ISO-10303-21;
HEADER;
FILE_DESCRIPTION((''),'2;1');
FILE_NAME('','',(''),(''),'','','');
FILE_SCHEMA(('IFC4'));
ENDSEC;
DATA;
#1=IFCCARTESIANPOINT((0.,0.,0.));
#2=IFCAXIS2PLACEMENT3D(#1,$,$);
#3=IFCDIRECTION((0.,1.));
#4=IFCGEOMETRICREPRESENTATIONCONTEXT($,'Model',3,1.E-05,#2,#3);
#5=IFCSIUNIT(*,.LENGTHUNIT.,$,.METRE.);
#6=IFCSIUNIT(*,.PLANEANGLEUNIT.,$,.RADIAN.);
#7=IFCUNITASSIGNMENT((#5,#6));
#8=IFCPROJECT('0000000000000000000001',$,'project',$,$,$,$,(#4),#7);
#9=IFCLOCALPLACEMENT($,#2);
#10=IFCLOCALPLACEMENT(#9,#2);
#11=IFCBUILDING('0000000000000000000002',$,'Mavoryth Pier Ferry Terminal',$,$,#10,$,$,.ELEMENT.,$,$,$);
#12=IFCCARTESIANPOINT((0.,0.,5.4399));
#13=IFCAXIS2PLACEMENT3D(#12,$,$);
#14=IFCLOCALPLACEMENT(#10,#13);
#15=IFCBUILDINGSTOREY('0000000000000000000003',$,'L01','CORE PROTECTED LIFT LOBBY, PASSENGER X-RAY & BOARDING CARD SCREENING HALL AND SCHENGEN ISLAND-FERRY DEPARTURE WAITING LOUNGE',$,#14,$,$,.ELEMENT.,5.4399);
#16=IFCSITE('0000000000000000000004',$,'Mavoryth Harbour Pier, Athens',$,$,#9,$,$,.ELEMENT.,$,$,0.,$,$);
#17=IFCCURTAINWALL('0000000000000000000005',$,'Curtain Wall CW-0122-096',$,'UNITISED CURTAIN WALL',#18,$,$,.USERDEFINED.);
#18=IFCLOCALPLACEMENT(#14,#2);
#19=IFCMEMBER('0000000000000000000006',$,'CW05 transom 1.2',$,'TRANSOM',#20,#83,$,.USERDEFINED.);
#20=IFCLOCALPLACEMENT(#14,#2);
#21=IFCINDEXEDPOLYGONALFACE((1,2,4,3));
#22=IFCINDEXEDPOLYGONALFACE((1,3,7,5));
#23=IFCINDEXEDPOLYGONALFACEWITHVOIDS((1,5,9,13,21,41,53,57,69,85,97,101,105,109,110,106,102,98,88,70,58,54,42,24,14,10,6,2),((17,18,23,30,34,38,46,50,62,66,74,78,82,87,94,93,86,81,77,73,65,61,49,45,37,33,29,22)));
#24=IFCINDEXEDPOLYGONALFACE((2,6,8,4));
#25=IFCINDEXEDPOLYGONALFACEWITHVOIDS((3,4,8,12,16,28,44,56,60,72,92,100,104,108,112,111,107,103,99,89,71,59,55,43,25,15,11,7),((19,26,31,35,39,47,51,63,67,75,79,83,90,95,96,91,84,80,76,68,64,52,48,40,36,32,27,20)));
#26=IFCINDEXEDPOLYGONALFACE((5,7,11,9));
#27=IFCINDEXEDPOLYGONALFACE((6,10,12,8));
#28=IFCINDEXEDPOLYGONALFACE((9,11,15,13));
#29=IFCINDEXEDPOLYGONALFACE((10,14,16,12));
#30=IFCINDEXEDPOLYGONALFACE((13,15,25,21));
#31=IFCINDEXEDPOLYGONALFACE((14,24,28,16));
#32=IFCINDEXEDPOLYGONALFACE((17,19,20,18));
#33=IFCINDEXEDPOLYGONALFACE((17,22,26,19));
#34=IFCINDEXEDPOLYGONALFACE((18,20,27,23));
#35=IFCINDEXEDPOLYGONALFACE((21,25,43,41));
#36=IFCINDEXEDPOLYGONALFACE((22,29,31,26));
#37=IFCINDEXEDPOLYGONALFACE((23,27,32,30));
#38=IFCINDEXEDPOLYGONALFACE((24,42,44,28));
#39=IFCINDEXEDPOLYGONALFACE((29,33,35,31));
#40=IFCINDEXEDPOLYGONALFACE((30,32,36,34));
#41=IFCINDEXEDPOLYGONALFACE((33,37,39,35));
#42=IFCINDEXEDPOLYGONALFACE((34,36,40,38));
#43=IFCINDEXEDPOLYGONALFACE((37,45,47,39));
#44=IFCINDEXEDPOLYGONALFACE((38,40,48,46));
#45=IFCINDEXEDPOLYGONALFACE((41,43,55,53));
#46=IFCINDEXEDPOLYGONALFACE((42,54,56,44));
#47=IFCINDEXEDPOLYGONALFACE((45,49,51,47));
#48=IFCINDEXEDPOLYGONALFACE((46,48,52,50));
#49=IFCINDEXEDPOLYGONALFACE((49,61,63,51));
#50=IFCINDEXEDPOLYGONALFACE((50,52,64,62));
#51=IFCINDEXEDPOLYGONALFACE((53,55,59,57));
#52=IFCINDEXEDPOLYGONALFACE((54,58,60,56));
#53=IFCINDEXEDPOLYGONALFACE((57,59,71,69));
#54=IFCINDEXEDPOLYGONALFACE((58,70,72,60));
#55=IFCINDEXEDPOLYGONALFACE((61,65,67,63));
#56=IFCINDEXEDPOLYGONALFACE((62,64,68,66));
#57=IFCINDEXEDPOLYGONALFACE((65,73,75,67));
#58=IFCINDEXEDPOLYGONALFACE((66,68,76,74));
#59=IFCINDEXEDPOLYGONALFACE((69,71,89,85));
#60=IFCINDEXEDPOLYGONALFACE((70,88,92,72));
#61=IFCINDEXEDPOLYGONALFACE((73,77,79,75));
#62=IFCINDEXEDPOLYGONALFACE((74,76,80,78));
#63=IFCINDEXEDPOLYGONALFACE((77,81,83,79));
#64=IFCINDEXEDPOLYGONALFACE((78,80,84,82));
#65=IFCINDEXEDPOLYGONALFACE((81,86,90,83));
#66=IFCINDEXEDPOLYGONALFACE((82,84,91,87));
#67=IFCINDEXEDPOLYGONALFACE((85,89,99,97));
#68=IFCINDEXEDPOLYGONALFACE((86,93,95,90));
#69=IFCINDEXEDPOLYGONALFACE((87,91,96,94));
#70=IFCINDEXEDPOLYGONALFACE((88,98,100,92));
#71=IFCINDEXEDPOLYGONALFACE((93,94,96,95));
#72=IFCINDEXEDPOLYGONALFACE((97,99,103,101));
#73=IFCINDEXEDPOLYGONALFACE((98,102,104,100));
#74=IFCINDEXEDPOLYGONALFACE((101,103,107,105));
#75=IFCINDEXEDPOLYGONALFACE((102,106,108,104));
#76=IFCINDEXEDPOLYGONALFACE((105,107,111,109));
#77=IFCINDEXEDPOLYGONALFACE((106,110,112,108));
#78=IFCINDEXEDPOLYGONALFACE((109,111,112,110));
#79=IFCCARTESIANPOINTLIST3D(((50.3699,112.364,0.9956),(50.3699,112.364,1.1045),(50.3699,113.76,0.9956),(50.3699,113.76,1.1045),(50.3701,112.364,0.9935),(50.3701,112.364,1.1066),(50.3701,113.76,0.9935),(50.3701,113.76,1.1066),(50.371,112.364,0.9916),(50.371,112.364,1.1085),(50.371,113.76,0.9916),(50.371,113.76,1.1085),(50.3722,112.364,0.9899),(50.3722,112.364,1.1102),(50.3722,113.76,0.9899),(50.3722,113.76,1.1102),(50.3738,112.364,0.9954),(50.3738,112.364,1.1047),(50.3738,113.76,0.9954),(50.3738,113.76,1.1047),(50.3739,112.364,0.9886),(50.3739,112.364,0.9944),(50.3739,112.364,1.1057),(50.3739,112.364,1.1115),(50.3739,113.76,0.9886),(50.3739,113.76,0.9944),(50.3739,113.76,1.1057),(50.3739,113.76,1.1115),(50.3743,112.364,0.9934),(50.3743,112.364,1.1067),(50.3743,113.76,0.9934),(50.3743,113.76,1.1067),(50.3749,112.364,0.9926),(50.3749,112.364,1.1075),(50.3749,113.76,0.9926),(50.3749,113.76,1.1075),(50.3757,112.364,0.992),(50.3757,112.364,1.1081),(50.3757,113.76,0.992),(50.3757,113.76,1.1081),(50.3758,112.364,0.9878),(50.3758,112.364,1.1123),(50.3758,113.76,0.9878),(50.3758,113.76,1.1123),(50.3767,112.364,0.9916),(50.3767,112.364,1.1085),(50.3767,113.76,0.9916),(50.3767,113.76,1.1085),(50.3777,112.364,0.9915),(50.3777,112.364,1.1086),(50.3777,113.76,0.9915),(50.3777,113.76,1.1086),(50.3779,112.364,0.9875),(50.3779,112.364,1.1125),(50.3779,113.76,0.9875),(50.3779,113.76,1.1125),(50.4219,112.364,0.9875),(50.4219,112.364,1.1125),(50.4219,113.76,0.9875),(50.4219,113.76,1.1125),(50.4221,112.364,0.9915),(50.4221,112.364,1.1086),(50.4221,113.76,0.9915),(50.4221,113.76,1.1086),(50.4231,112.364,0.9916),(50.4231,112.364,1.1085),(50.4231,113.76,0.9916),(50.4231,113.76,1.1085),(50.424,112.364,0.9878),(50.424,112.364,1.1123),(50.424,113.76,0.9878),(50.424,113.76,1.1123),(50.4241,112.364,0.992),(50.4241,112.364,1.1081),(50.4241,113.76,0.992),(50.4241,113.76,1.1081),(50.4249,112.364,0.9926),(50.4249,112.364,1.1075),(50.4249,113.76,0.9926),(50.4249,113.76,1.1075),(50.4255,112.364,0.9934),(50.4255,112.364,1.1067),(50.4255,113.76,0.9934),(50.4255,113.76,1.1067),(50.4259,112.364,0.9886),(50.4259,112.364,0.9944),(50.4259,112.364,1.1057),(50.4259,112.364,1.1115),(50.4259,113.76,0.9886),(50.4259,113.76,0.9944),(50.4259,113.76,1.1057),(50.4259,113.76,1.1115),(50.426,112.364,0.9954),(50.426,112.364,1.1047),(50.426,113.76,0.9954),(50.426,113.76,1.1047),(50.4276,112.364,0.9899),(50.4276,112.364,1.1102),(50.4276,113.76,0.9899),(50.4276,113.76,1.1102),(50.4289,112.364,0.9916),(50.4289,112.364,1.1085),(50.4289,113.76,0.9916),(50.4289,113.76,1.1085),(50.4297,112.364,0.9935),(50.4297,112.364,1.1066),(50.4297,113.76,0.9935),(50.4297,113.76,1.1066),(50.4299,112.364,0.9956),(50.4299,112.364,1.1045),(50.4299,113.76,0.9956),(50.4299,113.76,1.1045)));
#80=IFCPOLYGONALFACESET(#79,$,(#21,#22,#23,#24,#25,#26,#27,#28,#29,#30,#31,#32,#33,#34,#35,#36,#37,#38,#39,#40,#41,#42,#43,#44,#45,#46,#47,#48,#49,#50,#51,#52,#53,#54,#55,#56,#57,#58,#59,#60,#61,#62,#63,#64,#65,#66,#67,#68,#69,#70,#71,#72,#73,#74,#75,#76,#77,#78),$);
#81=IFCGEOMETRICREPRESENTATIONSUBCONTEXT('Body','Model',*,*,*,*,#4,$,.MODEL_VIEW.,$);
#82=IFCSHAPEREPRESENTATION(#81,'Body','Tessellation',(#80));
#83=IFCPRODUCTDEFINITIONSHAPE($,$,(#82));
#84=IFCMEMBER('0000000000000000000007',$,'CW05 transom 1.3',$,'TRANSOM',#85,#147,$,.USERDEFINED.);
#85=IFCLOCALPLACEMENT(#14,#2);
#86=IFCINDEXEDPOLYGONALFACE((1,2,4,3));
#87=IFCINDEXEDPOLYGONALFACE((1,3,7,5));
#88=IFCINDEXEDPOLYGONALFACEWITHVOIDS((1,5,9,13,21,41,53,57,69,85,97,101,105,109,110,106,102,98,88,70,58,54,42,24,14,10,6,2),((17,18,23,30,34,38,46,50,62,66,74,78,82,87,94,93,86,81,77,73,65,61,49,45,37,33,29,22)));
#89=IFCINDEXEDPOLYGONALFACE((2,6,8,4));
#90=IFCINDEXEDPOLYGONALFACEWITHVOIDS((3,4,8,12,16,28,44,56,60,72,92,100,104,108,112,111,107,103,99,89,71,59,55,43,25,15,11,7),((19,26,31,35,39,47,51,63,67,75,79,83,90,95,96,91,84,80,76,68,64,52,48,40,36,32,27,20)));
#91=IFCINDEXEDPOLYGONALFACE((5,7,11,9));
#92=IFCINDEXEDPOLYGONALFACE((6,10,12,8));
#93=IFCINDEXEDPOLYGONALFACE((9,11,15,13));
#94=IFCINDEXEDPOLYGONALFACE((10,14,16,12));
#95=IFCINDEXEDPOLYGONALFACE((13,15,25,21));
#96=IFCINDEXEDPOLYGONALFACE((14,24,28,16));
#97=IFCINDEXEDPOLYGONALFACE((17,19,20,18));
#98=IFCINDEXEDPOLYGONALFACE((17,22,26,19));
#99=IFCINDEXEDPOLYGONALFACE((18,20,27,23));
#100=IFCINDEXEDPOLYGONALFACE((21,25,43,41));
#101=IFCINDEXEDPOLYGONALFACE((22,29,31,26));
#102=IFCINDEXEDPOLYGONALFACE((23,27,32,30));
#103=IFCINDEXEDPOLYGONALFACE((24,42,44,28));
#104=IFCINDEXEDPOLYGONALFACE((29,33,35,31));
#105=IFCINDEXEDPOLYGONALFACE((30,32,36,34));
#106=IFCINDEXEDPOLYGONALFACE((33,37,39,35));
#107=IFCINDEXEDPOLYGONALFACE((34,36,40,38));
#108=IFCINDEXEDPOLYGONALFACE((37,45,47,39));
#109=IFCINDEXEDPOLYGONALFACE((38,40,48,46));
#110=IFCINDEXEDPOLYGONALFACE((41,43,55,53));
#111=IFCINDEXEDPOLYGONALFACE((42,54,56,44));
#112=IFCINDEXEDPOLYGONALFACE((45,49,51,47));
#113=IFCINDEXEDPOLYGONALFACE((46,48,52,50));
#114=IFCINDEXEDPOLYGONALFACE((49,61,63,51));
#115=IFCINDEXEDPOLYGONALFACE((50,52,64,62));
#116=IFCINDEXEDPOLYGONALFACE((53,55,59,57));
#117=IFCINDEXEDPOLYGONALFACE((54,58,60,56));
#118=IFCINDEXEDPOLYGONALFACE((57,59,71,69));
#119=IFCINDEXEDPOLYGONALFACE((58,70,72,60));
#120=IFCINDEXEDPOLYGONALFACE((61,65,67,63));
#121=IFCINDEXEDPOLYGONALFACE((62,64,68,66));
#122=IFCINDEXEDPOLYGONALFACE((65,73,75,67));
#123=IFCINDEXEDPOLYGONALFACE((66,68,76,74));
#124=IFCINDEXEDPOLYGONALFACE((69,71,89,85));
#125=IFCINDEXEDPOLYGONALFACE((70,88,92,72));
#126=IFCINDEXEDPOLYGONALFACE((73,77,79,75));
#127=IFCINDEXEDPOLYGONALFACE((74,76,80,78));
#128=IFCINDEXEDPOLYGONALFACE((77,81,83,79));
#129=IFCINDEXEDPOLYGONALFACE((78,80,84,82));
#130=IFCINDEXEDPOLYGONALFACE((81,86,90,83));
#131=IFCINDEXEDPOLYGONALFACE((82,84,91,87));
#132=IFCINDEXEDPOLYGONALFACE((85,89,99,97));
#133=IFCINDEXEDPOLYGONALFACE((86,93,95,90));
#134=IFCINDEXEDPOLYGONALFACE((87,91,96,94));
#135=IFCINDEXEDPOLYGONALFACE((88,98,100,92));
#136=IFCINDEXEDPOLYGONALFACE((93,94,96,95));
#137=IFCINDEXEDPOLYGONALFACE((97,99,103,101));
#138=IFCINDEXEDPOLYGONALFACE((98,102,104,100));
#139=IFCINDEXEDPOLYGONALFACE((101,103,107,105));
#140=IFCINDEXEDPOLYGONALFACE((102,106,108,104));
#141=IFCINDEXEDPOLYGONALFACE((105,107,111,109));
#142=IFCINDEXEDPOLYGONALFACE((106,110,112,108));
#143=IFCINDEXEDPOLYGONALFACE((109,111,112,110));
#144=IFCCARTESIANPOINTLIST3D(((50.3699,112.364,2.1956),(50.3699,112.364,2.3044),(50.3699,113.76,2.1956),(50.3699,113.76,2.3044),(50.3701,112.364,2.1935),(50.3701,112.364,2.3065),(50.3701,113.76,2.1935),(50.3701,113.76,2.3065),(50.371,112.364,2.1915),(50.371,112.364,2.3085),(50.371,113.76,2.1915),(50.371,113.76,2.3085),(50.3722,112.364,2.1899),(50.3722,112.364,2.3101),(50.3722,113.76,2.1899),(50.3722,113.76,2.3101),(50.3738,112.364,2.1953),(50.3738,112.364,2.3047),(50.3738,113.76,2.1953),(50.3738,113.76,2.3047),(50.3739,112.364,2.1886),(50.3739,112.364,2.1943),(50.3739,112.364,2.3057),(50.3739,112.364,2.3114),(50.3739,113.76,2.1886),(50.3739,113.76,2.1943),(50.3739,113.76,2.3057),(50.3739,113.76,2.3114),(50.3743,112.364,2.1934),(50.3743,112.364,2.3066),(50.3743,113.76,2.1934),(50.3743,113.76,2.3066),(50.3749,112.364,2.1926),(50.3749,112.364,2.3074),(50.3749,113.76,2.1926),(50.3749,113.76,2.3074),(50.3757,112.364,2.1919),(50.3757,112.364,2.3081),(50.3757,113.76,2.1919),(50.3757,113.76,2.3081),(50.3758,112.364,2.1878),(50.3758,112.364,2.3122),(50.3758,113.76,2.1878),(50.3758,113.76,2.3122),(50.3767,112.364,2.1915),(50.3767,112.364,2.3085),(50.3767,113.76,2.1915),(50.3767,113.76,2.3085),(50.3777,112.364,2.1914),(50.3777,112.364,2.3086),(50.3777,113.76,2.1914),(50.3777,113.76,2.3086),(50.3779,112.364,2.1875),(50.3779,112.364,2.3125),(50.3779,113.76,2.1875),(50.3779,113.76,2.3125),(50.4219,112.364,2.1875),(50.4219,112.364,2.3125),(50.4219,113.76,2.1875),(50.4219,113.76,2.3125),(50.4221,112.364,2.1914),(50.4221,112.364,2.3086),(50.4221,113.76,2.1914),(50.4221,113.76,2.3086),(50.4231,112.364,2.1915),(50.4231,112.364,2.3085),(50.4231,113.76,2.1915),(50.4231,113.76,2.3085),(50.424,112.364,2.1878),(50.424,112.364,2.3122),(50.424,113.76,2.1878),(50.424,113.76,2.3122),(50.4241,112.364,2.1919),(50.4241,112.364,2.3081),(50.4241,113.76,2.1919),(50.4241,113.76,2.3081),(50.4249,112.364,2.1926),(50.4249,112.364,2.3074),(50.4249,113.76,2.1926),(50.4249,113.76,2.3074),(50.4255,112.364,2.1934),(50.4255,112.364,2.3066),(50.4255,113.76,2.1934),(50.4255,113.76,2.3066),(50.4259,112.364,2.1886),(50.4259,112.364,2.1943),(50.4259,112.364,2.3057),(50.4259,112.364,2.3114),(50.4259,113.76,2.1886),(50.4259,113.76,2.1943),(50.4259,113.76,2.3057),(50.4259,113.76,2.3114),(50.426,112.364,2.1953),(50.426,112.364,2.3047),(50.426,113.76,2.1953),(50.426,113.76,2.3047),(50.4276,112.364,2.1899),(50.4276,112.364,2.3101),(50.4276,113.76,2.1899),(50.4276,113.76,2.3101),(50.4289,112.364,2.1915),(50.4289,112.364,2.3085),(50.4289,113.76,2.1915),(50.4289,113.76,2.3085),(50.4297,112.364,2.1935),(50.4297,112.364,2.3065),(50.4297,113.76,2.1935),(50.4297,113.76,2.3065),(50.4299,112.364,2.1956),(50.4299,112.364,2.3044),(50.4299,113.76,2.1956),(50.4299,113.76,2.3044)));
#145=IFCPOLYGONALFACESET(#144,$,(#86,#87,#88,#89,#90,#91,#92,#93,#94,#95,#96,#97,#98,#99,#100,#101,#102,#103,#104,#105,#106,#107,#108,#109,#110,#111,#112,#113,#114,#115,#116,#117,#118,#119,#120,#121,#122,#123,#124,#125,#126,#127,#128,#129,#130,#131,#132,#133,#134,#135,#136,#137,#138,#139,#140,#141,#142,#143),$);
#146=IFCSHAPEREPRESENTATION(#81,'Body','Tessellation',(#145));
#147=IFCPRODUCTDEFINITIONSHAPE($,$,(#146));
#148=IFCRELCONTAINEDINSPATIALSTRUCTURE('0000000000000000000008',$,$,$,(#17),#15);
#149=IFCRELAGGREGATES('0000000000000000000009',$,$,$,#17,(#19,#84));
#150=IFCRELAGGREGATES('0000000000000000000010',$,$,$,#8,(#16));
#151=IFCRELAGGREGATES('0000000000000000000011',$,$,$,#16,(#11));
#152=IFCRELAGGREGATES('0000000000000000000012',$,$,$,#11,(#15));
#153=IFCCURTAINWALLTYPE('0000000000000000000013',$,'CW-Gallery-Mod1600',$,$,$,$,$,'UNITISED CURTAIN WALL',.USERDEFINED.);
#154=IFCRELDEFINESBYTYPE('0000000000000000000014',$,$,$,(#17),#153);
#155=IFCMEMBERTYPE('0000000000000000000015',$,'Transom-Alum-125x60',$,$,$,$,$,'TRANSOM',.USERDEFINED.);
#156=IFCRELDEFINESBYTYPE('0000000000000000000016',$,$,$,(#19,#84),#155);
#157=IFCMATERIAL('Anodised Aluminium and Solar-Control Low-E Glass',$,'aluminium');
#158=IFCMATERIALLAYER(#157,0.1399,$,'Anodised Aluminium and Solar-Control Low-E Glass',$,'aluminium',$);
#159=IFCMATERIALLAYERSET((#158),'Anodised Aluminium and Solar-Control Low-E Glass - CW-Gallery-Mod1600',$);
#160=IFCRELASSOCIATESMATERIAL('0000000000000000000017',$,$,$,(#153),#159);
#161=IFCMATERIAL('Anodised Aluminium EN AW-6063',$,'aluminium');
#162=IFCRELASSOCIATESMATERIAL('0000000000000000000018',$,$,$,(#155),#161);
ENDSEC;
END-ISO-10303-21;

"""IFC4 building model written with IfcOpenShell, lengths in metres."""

from ifc_helpers import new_model, si_unit, direction, frame, origin, origin_2d, place, context, subcontext, project, spatial, hollow_rectangle, extrude, material, layer, layer_set, material_profile, profile_set, type_object, element, aggregate, save


model = new_model("IFC4")

# Units and contexts
model_context = context("Model", 3, precision=1e-05, world=origin(), true_north=direction((0.0, 1.0)))
body_context = subcontext(model_context, "Body", "Model", "MODEL_VIEW")
ifc_project = project(units=[si_unit("LENGTHUNIT", "METRE"), si_unit("PLANEANGLEUNIT", "RADIAN")], contexts=[model_context])

# Site, building, storey
site_placement = place(None, origin())
site = spatial("IfcSite", under=ifc_project, at=site_placement, Name="Mavoryth Harbour Pier, Athens", CompositionType="ELEMENT", RefElevation=0.0)
building_placement = place(site_placement, origin())
building = spatial("IfcBuilding", under=site, at=building_placement, Name="Mavoryth Pier Ferry Terminal", CompositionType="ELEMENT")
storey_placement = place(building_placement, frame((0.0, 0.0, 5.4399)))
storey = spatial("IfcBuildingStorey", under=building, at=storey_placement, Name="L01", Description="CORE PROTECTED LIFT LOBBY, PASSENGER X-RAY & BOARDING CARD SCREENING HALL AND SCHENGEN ISLAND-FERRY DEPARTURE WAITING LOUNGE", CompositionType="ELEMENT", Elevation=5.4399)

# Shared definitions
ifc_material_1 = material(Name="Anodised Aluminium and Solar-Control Low-E Glass", Category="aluminium")
ifc_layer_1 = layer(ifc_material_1, 0.1399, Name="Anodised Aluminium and Solar-Control Low-E Glass", Category="aluminium")
ifc_layer_set_1 = layer_set([ifc_layer_1], Name="Anodised Aluminium and Solar-Control Low-E Glass - CW-Gallery-Mod1600")
curtain_wall_type = type_object("IfcCurtainWallType", Name="CW-Gallery-Mod1600", ElementType="UNITISED CURTAIN WALL", PredefinedType="USERDEFINED", material=ifc_layer_set_1)
ifc_material_2 = material(Name="Anodised Aluminium EN AW-6063", Category="aluminium")

# Curtain wall
curtain_wall_1_placement = place(storey_placement, origin())
curtain_wall_1 = element("IfcCurtainWall", 1, at=curtain_wall_1_placement, inside=storey, type_object=curtain_wall_type, Name="Curtain Wall CW-0122-096", ObjectType="UNITISED CURTAIN WALL", PredefinedType="USERDEFINED")

# Members
ifc_material_profile_1 = material_profile(ifc_material_2, hollow_rectangle(XDim=0.0601, YDim=0.125, WallThickness=0.0039, InnerFilletRadius=0.0039, OuterFilletRadius=0.0081, at=origin_2d()), Name="AL-TRAN 125x60x4", Category="aluminium")
ifc_profile_set_1 = profile_set([ifc_material_profile_1], Name="Anodised Aluminium EN AW-6063 - AL-TRAN 125x60x4")
member_type_1 = type_object("IfcMemberType", Name="Transom-Alum-125x60", ElementType="TRANSOM", PredefinedType="USERDEFINED", material=ifc_profile_set_1)
member_1_placement = place(storey_placement, frame((50.3999, 113.76, 1.05), z_axis=(0.0, -1.0, 0.0), x_axis=(1.0, 0.0, 0.0)))
member_1 = element("IfcMember", 2, at=member_1_placement, type_object=member_type_1, Name="CW05 transom 1.2", ObjectType="TRANSOM", PredefinedType="USERDEFINED", context=body_context, shape_type="SweptSolid", body=[
    extrude(hollow_rectangle(XDim=0.0601, YDim=0.125, WallThickness=0.0039, InnerFilletRadius=0.0039, OuterFilletRadius=0.0081, at=origin_2d()), origin(), (0.0, 0.0, 1.0), 1.396),
])
member_2_placement = place(storey_placement, frame((50.3999, 113.76, 2.25), z_axis=(0.0, -1.0, 0.0), x_axis=(1.0, 0.0, 0.0)))
member_2 = element("IfcMember", 3, at=member_2_placement, type_object=member_type_1, Name="CW05 transom 1.3", ObjectType="TRANSOM", PredefinedType="USERDEFINED", context=body_context, shape_type="SweptSolid", body=[
    extrude(hollow_rectangle(XDim=0.0601, YDim=0.125, WallThickness=0.0039, InnerFilletRadius=0.0039, OuterFilletRadius=0.0081, at=origin_2d()), origin(), (0.0, 0.0, 1.0), 1.396),
])
aggregate(curtain_wall_1, [member_1, member_2])

save(model, "model.ifc")
